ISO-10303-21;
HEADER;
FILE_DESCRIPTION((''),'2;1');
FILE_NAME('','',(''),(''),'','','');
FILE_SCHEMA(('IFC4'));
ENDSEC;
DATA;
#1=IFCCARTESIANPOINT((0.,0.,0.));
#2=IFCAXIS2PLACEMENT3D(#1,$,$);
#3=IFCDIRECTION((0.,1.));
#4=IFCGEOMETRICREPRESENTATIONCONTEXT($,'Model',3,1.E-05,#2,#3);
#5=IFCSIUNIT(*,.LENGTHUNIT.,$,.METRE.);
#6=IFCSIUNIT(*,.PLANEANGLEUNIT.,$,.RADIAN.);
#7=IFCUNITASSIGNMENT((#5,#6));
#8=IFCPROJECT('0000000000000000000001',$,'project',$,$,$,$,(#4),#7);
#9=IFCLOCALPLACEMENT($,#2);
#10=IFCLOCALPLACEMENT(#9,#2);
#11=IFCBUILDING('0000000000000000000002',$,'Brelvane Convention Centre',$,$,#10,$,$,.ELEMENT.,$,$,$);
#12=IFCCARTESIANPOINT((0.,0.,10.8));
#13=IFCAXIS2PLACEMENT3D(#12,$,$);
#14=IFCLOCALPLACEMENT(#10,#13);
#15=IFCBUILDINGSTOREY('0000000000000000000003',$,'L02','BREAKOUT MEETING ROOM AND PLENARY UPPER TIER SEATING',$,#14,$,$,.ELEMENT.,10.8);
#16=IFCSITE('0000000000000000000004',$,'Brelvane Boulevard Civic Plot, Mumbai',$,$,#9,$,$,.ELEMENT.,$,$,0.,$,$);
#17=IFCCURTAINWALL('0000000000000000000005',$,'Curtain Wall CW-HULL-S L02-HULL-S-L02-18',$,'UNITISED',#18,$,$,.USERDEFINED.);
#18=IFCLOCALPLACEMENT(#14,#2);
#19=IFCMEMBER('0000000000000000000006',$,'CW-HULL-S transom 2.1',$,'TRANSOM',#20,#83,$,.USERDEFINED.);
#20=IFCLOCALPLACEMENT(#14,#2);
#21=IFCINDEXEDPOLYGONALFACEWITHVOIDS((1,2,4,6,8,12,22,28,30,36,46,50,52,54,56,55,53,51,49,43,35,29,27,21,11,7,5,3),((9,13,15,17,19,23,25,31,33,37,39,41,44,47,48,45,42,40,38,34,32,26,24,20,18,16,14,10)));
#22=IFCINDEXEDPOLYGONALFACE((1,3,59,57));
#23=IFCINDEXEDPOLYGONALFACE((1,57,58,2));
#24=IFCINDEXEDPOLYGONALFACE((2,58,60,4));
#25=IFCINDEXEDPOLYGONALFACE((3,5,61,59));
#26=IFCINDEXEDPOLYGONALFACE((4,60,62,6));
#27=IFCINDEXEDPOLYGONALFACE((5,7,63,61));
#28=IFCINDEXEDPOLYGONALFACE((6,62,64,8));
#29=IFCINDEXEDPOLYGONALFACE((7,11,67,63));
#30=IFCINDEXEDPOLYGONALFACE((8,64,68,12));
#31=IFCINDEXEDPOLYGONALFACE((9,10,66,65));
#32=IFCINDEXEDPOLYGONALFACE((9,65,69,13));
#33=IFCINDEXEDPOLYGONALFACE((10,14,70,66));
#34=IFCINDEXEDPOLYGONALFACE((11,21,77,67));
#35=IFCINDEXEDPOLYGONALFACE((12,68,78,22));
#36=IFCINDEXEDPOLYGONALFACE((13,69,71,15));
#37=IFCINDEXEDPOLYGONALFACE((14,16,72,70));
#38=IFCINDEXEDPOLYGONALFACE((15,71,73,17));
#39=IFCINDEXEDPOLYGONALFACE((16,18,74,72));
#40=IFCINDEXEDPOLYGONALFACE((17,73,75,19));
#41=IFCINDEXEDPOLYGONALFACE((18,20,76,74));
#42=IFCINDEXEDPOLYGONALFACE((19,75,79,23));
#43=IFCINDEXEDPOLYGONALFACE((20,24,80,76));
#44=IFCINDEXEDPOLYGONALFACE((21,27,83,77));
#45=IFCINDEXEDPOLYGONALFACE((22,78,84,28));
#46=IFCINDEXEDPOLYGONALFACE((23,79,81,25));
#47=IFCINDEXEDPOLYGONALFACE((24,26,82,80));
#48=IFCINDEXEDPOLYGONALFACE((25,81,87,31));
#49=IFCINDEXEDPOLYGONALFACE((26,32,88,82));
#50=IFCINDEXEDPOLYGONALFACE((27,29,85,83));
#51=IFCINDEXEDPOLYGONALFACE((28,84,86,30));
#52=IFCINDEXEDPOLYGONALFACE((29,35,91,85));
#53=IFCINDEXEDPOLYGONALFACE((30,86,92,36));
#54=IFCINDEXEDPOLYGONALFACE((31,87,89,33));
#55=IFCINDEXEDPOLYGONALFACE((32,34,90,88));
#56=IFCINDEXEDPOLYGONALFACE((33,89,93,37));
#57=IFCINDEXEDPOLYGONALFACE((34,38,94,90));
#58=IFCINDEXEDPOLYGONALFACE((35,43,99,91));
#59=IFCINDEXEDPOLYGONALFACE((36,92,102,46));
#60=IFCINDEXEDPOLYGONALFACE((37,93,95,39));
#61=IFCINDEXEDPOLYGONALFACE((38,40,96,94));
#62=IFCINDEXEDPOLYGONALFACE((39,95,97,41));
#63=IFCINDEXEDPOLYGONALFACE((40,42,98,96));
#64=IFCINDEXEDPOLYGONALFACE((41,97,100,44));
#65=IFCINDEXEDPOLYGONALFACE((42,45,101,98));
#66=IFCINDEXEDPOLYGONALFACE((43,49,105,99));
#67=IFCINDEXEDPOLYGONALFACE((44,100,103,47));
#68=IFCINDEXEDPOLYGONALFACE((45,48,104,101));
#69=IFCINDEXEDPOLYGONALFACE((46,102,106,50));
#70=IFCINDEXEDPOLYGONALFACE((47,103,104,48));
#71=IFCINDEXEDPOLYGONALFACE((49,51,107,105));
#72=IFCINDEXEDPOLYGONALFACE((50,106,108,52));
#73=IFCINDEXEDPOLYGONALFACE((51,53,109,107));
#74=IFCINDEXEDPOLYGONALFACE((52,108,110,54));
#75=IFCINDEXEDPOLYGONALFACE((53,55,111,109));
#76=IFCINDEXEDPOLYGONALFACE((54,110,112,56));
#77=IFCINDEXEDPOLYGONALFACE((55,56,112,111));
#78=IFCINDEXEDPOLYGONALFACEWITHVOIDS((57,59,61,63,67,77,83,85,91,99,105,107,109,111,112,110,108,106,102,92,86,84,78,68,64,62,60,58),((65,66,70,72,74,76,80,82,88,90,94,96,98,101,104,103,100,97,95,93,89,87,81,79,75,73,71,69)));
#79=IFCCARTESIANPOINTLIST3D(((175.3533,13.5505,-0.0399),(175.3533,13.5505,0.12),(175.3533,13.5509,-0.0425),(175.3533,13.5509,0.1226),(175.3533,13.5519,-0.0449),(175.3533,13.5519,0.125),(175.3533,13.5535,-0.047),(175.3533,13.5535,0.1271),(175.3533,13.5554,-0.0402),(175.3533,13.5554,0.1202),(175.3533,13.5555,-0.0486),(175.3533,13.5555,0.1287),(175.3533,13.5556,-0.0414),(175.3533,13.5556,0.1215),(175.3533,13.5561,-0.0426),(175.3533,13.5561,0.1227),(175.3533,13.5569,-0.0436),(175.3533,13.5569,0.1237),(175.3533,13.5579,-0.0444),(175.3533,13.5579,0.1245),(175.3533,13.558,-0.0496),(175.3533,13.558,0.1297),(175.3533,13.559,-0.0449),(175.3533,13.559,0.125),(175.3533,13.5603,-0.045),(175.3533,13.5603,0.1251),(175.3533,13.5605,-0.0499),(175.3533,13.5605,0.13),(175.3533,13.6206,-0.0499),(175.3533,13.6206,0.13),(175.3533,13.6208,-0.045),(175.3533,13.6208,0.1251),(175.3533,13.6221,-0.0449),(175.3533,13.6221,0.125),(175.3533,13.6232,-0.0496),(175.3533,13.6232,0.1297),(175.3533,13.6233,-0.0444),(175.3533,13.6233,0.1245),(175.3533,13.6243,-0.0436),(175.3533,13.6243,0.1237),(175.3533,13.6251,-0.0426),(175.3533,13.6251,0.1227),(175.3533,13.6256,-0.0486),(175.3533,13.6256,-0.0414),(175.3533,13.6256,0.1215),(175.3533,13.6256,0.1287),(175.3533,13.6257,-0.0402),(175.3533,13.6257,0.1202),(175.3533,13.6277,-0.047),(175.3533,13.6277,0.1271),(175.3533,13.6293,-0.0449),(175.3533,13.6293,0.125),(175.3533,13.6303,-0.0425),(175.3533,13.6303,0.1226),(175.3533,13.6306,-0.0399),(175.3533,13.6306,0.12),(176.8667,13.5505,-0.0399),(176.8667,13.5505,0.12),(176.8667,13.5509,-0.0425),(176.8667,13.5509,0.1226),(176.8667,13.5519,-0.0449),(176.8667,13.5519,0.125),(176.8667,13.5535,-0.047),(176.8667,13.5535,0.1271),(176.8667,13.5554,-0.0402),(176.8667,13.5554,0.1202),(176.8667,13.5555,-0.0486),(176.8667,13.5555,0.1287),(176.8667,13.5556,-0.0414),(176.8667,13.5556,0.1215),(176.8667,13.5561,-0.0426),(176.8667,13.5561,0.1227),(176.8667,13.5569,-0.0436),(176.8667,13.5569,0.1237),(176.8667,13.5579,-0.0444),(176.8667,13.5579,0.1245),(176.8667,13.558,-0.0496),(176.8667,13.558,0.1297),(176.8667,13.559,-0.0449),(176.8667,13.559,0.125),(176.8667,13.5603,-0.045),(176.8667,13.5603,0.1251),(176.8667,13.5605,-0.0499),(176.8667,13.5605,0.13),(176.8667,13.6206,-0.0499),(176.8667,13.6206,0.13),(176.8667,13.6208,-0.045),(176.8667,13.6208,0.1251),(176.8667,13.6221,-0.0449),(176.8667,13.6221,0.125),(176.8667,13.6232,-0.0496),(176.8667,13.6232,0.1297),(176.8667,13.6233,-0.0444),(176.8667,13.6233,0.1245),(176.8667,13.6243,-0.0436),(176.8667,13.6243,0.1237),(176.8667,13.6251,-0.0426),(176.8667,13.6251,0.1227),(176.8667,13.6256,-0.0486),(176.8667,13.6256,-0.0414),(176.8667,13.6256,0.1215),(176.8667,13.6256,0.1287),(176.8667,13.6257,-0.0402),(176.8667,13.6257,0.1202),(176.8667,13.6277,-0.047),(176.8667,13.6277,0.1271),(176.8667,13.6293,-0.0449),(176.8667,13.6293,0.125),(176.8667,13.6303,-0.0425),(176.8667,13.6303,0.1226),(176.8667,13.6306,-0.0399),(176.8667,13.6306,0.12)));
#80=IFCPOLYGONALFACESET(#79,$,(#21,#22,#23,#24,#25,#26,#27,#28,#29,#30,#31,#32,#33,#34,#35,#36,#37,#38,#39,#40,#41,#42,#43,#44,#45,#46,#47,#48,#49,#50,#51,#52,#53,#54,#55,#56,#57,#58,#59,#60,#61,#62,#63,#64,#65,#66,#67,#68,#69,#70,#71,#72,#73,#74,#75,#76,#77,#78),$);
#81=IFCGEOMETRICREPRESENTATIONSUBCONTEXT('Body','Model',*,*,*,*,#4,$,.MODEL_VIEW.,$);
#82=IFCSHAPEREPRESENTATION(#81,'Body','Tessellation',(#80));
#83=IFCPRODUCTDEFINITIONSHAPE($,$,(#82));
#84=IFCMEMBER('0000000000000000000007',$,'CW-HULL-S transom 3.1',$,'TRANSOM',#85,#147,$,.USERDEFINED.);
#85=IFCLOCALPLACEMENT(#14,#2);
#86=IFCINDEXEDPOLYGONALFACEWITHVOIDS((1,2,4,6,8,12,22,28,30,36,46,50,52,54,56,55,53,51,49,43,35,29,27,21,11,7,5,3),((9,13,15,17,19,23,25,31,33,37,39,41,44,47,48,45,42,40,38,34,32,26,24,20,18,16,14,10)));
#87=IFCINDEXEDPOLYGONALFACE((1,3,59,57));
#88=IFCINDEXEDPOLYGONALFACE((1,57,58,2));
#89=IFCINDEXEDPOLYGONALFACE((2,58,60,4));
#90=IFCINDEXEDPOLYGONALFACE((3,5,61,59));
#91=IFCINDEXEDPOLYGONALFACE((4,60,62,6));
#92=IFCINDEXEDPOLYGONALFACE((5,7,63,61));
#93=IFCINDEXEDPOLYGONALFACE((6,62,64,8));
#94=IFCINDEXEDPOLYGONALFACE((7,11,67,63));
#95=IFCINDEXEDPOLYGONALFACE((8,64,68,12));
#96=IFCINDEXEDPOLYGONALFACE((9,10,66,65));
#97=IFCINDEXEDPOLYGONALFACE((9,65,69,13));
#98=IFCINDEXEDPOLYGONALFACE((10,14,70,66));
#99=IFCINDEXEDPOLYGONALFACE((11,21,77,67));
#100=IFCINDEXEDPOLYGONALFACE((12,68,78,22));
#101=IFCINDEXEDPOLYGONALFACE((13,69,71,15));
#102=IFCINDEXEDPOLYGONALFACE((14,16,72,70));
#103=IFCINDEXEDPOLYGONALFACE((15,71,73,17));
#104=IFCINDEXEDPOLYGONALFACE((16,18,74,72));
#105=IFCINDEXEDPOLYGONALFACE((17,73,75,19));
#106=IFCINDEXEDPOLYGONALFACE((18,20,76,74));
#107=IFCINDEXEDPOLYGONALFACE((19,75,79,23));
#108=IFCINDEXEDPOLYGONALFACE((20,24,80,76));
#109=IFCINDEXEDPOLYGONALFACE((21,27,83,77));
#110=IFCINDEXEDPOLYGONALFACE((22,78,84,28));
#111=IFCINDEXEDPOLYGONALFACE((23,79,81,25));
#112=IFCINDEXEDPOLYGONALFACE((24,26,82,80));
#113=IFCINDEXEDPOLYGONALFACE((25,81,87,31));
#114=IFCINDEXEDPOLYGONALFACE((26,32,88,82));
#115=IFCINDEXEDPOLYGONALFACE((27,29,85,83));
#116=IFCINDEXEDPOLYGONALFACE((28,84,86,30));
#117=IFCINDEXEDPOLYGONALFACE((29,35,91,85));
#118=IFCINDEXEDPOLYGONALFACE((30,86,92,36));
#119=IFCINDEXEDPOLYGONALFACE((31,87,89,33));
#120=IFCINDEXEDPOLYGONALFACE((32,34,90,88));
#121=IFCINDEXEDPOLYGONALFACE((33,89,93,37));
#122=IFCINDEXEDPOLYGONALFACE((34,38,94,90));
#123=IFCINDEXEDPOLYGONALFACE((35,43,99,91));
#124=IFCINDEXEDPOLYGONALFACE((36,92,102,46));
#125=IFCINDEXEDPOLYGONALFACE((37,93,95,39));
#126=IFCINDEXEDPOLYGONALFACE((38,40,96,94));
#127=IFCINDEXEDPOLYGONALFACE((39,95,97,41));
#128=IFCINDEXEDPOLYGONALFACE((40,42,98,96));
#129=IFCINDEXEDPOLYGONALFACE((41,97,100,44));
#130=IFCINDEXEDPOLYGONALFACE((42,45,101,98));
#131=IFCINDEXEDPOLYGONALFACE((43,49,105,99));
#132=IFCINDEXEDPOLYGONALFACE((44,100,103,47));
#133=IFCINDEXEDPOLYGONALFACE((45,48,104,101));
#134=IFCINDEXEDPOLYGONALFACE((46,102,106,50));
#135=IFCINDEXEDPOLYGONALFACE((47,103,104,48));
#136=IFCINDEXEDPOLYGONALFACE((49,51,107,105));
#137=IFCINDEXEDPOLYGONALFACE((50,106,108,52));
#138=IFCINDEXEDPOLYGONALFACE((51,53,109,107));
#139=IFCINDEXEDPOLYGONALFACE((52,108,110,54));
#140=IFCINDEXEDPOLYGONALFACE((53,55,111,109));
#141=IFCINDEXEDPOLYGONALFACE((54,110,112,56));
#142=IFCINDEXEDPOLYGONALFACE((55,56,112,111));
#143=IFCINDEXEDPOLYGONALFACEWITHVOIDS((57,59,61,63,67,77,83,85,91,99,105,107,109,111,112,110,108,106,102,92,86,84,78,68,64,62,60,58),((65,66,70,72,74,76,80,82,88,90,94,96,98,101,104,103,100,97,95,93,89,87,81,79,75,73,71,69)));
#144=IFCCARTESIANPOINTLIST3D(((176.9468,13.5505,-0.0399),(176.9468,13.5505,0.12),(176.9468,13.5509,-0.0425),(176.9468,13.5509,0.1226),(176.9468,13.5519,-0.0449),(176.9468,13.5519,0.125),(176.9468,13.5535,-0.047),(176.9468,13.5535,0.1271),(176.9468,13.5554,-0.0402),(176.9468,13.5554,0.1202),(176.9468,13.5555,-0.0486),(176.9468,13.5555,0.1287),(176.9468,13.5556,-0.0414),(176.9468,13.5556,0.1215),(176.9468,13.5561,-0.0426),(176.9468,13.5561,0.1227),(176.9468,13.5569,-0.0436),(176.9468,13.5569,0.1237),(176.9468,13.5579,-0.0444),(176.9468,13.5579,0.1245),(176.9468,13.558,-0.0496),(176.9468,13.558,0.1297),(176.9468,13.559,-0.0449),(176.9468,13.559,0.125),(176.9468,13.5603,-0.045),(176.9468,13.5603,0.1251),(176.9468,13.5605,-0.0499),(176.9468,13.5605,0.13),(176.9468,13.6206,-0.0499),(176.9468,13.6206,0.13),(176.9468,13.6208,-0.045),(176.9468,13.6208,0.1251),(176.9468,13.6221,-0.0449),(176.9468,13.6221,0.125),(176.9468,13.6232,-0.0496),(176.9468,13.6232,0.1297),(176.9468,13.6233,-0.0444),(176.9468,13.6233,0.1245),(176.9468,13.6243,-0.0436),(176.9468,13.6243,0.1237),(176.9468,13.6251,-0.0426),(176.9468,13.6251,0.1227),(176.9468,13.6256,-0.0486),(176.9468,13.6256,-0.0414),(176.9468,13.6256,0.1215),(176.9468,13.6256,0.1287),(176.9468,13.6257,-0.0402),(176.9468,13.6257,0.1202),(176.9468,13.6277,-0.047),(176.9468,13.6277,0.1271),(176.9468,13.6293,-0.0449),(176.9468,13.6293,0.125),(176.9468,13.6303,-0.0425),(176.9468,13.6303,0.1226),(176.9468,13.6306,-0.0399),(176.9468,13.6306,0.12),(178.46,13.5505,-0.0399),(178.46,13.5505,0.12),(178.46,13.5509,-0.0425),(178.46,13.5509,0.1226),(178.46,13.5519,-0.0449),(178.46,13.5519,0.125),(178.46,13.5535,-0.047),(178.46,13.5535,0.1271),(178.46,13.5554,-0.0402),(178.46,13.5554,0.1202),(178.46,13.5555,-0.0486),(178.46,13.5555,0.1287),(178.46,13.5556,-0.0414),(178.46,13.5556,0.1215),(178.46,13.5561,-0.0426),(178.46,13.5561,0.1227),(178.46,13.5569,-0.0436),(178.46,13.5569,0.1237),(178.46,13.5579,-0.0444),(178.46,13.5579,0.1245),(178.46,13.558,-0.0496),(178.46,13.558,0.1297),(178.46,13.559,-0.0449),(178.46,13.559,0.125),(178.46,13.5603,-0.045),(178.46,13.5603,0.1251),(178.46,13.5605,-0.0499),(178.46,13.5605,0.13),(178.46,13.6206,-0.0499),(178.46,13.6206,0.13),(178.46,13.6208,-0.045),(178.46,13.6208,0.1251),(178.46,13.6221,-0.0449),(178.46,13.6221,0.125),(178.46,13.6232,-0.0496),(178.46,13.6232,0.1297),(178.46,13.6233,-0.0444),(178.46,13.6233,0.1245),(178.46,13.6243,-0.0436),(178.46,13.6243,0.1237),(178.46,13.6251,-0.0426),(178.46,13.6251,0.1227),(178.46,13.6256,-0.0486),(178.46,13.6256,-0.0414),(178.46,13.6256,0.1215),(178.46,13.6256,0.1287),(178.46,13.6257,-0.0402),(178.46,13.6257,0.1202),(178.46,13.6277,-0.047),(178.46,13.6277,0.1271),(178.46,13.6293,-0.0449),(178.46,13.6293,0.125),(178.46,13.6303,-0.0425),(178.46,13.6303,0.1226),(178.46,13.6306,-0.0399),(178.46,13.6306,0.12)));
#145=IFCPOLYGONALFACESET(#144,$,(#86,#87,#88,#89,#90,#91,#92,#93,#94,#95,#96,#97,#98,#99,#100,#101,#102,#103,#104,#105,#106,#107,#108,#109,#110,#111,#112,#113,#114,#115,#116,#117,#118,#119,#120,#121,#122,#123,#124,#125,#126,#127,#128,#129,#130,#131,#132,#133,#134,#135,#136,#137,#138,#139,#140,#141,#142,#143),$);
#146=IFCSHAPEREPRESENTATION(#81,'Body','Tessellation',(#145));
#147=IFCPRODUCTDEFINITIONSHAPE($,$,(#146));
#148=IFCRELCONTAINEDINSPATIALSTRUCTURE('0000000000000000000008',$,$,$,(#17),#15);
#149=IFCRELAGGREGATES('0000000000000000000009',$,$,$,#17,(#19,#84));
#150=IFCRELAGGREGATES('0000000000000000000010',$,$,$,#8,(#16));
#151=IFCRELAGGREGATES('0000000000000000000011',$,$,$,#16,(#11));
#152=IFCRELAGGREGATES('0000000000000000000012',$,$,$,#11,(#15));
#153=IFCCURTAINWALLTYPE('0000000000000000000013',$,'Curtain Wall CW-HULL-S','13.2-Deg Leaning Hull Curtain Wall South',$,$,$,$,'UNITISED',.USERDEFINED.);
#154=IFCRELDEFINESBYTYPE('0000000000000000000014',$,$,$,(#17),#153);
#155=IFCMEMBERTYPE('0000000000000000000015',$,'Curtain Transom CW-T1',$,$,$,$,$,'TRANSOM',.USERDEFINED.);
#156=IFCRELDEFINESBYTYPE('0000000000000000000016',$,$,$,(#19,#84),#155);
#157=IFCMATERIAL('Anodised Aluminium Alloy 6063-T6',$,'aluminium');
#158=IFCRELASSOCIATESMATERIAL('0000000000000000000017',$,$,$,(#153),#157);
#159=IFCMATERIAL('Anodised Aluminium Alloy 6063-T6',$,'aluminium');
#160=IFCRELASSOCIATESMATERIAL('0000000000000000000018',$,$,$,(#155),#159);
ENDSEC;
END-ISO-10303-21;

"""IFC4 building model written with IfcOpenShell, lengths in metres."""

from ifc_helpers import new_model, si_unit, direction, frame, origin, origin_2d, place, context, subcontext, project, spatial, hollow_rectangle, extrude, material, material_profile, profile_set, type_object, element, aggregate, save


model = new_model("IFC4")

# Units and contexts
model_context = context("Model", 3, precision=1e-05, world=origin(), true_north=direction((0.0, 1.0)))
body_context = subcontext(model_context, "Body", "Model", "MODEL_VIEW")
ifc_project = project(units=[si_unit("LENGTHUNIT", "METRE"), si_unit("PLANEANGLEUNIT", "RADIAN")], contexts=[model_context])

# Site, building, storey
site_placement = place(None, origin())
site = spatial("IfcSite", under=ifc_project, at=site_placement, Name="Brelvane Boulevard Civic Plot, Mumbai", CompositionType="ELEMENT", RefElevation=0.0)
building_placement = place(site_placement, origin())
building = spatial("IfcBuilding", under=site, at=building_placement, Name="Brelvane Convention Centre", CompositionType="ELEMENT")
storey_placement = place(building_placement, frame((0.0, 0.0, 10.8)))
storey = spatial("IfcBuildingStorey", under=building, at=storey_placement, Name="L02", Description="BREAKOUT MEETING ROOM AND PLENARY UPPER TIER SEATING", CompositionType="ELEMENT", Elevation=10.8)

# Curtain wall
ifc_material_1 = material(Name="Anodised Aluminium Alloy 6063-T6", Category="aluminium")
curtain_wall_type = type_object("IfcCurtainWallType", Name="Curtain Wall CW-HULL-S", Description="13.2-Deg Leaning Hull Curtain Wall South", ElementType="UNITISED", PredefinedType="USERDEFINED", material=ifc_material_1)
curtain_wall_1_placement = place(storey_placement, origin())
curtain_wall_1 = element("IfcCurtainWall", 1, at=curtain_wall_1_placement, inside=storey, type_object=curtain_wall_type, Name="Curtain Wall CW-HULL-S L02-HULL-S-L02-18", ObjectType="UNITISED", PredefinedType="USERDEFINED")

# Members
ifc_material_2 = material(Name="Anodised Aluminium Alloy 6063-T6", Category="aluminium")
ifc_material_profile_1 = material_profile(ifc_material_2, hollow_rectangle(XDim=0.0801, YDim=0.1799, WallThickness=0.0049, InnerFilletRadius=0.0049, OuterFilletRadius=0.01, at=origin_2d()), Name="ALU-T 180x80x5.0")
ifc_profile_set_1 = profile_set([ifc_material_profile_1], Name="Anodised Aluminium Alloy 6063-T6")
member_type_1 = type_object("IfcMemberType", Name="Curtain Transom CW-T1", ElementType="TRANSOM", PredefinedType="USERDEFINED", material=ifc_profile_set_1)
member_1_placement = place(storey_placement, frame((175.3533, 13.5906, 0.04), z_axis=(1.0, 0.0, 0.0), x_axis=(0.0, 1.0, 0.0)))
member_1 = element("IfcMember", 2, at=member_1_placement, type_object=member_type_1, Name="CW-HULL-S transom 2.1", ObjectType="TRANSOM", PredefinedType="USERDEFINED", context=body_context, shape_type="SweptSolid", body=[
    extrude(hollow_rectangle(XDim=0.0801, YDim=0.1799, WallThickness=0.0049, InnerFilletRadius=0.0049, OuterFilletRadius=0.01, at=origin_2d()), origin(), (0.0, 0.0, 1.0), 1.5134),
])
member_2_placement = place(storey_placement, frame((176.9468, 13.5906, 0.04), z_axis=(1.0, 0.0, 0.0), x_axis=(0.0, 1.0, 0.0)))
member_2 = element("IfcMember", 3, at=member_2_placement, type_object=member_type_1, Name="CW-HULL-S transom 3.1", ObjectType="TRANSOM", PredefinedType="USERDEFINED", context=body_context, shape_type="SweptSolid", body=[
    extrude(hollow_rectangle(XDim=0.0801, YDim=0.1799, WallThickness=0.0049, InnerFilletRadius=0.0049, OuterFilletRadius=0.01, at=origin_2d()), origin(), (0.0, 0.0, 1.0), 1.5132),
])

aggregate(curtain_wall_1, [member_1, member_2])

save(model, "model.ifc")
